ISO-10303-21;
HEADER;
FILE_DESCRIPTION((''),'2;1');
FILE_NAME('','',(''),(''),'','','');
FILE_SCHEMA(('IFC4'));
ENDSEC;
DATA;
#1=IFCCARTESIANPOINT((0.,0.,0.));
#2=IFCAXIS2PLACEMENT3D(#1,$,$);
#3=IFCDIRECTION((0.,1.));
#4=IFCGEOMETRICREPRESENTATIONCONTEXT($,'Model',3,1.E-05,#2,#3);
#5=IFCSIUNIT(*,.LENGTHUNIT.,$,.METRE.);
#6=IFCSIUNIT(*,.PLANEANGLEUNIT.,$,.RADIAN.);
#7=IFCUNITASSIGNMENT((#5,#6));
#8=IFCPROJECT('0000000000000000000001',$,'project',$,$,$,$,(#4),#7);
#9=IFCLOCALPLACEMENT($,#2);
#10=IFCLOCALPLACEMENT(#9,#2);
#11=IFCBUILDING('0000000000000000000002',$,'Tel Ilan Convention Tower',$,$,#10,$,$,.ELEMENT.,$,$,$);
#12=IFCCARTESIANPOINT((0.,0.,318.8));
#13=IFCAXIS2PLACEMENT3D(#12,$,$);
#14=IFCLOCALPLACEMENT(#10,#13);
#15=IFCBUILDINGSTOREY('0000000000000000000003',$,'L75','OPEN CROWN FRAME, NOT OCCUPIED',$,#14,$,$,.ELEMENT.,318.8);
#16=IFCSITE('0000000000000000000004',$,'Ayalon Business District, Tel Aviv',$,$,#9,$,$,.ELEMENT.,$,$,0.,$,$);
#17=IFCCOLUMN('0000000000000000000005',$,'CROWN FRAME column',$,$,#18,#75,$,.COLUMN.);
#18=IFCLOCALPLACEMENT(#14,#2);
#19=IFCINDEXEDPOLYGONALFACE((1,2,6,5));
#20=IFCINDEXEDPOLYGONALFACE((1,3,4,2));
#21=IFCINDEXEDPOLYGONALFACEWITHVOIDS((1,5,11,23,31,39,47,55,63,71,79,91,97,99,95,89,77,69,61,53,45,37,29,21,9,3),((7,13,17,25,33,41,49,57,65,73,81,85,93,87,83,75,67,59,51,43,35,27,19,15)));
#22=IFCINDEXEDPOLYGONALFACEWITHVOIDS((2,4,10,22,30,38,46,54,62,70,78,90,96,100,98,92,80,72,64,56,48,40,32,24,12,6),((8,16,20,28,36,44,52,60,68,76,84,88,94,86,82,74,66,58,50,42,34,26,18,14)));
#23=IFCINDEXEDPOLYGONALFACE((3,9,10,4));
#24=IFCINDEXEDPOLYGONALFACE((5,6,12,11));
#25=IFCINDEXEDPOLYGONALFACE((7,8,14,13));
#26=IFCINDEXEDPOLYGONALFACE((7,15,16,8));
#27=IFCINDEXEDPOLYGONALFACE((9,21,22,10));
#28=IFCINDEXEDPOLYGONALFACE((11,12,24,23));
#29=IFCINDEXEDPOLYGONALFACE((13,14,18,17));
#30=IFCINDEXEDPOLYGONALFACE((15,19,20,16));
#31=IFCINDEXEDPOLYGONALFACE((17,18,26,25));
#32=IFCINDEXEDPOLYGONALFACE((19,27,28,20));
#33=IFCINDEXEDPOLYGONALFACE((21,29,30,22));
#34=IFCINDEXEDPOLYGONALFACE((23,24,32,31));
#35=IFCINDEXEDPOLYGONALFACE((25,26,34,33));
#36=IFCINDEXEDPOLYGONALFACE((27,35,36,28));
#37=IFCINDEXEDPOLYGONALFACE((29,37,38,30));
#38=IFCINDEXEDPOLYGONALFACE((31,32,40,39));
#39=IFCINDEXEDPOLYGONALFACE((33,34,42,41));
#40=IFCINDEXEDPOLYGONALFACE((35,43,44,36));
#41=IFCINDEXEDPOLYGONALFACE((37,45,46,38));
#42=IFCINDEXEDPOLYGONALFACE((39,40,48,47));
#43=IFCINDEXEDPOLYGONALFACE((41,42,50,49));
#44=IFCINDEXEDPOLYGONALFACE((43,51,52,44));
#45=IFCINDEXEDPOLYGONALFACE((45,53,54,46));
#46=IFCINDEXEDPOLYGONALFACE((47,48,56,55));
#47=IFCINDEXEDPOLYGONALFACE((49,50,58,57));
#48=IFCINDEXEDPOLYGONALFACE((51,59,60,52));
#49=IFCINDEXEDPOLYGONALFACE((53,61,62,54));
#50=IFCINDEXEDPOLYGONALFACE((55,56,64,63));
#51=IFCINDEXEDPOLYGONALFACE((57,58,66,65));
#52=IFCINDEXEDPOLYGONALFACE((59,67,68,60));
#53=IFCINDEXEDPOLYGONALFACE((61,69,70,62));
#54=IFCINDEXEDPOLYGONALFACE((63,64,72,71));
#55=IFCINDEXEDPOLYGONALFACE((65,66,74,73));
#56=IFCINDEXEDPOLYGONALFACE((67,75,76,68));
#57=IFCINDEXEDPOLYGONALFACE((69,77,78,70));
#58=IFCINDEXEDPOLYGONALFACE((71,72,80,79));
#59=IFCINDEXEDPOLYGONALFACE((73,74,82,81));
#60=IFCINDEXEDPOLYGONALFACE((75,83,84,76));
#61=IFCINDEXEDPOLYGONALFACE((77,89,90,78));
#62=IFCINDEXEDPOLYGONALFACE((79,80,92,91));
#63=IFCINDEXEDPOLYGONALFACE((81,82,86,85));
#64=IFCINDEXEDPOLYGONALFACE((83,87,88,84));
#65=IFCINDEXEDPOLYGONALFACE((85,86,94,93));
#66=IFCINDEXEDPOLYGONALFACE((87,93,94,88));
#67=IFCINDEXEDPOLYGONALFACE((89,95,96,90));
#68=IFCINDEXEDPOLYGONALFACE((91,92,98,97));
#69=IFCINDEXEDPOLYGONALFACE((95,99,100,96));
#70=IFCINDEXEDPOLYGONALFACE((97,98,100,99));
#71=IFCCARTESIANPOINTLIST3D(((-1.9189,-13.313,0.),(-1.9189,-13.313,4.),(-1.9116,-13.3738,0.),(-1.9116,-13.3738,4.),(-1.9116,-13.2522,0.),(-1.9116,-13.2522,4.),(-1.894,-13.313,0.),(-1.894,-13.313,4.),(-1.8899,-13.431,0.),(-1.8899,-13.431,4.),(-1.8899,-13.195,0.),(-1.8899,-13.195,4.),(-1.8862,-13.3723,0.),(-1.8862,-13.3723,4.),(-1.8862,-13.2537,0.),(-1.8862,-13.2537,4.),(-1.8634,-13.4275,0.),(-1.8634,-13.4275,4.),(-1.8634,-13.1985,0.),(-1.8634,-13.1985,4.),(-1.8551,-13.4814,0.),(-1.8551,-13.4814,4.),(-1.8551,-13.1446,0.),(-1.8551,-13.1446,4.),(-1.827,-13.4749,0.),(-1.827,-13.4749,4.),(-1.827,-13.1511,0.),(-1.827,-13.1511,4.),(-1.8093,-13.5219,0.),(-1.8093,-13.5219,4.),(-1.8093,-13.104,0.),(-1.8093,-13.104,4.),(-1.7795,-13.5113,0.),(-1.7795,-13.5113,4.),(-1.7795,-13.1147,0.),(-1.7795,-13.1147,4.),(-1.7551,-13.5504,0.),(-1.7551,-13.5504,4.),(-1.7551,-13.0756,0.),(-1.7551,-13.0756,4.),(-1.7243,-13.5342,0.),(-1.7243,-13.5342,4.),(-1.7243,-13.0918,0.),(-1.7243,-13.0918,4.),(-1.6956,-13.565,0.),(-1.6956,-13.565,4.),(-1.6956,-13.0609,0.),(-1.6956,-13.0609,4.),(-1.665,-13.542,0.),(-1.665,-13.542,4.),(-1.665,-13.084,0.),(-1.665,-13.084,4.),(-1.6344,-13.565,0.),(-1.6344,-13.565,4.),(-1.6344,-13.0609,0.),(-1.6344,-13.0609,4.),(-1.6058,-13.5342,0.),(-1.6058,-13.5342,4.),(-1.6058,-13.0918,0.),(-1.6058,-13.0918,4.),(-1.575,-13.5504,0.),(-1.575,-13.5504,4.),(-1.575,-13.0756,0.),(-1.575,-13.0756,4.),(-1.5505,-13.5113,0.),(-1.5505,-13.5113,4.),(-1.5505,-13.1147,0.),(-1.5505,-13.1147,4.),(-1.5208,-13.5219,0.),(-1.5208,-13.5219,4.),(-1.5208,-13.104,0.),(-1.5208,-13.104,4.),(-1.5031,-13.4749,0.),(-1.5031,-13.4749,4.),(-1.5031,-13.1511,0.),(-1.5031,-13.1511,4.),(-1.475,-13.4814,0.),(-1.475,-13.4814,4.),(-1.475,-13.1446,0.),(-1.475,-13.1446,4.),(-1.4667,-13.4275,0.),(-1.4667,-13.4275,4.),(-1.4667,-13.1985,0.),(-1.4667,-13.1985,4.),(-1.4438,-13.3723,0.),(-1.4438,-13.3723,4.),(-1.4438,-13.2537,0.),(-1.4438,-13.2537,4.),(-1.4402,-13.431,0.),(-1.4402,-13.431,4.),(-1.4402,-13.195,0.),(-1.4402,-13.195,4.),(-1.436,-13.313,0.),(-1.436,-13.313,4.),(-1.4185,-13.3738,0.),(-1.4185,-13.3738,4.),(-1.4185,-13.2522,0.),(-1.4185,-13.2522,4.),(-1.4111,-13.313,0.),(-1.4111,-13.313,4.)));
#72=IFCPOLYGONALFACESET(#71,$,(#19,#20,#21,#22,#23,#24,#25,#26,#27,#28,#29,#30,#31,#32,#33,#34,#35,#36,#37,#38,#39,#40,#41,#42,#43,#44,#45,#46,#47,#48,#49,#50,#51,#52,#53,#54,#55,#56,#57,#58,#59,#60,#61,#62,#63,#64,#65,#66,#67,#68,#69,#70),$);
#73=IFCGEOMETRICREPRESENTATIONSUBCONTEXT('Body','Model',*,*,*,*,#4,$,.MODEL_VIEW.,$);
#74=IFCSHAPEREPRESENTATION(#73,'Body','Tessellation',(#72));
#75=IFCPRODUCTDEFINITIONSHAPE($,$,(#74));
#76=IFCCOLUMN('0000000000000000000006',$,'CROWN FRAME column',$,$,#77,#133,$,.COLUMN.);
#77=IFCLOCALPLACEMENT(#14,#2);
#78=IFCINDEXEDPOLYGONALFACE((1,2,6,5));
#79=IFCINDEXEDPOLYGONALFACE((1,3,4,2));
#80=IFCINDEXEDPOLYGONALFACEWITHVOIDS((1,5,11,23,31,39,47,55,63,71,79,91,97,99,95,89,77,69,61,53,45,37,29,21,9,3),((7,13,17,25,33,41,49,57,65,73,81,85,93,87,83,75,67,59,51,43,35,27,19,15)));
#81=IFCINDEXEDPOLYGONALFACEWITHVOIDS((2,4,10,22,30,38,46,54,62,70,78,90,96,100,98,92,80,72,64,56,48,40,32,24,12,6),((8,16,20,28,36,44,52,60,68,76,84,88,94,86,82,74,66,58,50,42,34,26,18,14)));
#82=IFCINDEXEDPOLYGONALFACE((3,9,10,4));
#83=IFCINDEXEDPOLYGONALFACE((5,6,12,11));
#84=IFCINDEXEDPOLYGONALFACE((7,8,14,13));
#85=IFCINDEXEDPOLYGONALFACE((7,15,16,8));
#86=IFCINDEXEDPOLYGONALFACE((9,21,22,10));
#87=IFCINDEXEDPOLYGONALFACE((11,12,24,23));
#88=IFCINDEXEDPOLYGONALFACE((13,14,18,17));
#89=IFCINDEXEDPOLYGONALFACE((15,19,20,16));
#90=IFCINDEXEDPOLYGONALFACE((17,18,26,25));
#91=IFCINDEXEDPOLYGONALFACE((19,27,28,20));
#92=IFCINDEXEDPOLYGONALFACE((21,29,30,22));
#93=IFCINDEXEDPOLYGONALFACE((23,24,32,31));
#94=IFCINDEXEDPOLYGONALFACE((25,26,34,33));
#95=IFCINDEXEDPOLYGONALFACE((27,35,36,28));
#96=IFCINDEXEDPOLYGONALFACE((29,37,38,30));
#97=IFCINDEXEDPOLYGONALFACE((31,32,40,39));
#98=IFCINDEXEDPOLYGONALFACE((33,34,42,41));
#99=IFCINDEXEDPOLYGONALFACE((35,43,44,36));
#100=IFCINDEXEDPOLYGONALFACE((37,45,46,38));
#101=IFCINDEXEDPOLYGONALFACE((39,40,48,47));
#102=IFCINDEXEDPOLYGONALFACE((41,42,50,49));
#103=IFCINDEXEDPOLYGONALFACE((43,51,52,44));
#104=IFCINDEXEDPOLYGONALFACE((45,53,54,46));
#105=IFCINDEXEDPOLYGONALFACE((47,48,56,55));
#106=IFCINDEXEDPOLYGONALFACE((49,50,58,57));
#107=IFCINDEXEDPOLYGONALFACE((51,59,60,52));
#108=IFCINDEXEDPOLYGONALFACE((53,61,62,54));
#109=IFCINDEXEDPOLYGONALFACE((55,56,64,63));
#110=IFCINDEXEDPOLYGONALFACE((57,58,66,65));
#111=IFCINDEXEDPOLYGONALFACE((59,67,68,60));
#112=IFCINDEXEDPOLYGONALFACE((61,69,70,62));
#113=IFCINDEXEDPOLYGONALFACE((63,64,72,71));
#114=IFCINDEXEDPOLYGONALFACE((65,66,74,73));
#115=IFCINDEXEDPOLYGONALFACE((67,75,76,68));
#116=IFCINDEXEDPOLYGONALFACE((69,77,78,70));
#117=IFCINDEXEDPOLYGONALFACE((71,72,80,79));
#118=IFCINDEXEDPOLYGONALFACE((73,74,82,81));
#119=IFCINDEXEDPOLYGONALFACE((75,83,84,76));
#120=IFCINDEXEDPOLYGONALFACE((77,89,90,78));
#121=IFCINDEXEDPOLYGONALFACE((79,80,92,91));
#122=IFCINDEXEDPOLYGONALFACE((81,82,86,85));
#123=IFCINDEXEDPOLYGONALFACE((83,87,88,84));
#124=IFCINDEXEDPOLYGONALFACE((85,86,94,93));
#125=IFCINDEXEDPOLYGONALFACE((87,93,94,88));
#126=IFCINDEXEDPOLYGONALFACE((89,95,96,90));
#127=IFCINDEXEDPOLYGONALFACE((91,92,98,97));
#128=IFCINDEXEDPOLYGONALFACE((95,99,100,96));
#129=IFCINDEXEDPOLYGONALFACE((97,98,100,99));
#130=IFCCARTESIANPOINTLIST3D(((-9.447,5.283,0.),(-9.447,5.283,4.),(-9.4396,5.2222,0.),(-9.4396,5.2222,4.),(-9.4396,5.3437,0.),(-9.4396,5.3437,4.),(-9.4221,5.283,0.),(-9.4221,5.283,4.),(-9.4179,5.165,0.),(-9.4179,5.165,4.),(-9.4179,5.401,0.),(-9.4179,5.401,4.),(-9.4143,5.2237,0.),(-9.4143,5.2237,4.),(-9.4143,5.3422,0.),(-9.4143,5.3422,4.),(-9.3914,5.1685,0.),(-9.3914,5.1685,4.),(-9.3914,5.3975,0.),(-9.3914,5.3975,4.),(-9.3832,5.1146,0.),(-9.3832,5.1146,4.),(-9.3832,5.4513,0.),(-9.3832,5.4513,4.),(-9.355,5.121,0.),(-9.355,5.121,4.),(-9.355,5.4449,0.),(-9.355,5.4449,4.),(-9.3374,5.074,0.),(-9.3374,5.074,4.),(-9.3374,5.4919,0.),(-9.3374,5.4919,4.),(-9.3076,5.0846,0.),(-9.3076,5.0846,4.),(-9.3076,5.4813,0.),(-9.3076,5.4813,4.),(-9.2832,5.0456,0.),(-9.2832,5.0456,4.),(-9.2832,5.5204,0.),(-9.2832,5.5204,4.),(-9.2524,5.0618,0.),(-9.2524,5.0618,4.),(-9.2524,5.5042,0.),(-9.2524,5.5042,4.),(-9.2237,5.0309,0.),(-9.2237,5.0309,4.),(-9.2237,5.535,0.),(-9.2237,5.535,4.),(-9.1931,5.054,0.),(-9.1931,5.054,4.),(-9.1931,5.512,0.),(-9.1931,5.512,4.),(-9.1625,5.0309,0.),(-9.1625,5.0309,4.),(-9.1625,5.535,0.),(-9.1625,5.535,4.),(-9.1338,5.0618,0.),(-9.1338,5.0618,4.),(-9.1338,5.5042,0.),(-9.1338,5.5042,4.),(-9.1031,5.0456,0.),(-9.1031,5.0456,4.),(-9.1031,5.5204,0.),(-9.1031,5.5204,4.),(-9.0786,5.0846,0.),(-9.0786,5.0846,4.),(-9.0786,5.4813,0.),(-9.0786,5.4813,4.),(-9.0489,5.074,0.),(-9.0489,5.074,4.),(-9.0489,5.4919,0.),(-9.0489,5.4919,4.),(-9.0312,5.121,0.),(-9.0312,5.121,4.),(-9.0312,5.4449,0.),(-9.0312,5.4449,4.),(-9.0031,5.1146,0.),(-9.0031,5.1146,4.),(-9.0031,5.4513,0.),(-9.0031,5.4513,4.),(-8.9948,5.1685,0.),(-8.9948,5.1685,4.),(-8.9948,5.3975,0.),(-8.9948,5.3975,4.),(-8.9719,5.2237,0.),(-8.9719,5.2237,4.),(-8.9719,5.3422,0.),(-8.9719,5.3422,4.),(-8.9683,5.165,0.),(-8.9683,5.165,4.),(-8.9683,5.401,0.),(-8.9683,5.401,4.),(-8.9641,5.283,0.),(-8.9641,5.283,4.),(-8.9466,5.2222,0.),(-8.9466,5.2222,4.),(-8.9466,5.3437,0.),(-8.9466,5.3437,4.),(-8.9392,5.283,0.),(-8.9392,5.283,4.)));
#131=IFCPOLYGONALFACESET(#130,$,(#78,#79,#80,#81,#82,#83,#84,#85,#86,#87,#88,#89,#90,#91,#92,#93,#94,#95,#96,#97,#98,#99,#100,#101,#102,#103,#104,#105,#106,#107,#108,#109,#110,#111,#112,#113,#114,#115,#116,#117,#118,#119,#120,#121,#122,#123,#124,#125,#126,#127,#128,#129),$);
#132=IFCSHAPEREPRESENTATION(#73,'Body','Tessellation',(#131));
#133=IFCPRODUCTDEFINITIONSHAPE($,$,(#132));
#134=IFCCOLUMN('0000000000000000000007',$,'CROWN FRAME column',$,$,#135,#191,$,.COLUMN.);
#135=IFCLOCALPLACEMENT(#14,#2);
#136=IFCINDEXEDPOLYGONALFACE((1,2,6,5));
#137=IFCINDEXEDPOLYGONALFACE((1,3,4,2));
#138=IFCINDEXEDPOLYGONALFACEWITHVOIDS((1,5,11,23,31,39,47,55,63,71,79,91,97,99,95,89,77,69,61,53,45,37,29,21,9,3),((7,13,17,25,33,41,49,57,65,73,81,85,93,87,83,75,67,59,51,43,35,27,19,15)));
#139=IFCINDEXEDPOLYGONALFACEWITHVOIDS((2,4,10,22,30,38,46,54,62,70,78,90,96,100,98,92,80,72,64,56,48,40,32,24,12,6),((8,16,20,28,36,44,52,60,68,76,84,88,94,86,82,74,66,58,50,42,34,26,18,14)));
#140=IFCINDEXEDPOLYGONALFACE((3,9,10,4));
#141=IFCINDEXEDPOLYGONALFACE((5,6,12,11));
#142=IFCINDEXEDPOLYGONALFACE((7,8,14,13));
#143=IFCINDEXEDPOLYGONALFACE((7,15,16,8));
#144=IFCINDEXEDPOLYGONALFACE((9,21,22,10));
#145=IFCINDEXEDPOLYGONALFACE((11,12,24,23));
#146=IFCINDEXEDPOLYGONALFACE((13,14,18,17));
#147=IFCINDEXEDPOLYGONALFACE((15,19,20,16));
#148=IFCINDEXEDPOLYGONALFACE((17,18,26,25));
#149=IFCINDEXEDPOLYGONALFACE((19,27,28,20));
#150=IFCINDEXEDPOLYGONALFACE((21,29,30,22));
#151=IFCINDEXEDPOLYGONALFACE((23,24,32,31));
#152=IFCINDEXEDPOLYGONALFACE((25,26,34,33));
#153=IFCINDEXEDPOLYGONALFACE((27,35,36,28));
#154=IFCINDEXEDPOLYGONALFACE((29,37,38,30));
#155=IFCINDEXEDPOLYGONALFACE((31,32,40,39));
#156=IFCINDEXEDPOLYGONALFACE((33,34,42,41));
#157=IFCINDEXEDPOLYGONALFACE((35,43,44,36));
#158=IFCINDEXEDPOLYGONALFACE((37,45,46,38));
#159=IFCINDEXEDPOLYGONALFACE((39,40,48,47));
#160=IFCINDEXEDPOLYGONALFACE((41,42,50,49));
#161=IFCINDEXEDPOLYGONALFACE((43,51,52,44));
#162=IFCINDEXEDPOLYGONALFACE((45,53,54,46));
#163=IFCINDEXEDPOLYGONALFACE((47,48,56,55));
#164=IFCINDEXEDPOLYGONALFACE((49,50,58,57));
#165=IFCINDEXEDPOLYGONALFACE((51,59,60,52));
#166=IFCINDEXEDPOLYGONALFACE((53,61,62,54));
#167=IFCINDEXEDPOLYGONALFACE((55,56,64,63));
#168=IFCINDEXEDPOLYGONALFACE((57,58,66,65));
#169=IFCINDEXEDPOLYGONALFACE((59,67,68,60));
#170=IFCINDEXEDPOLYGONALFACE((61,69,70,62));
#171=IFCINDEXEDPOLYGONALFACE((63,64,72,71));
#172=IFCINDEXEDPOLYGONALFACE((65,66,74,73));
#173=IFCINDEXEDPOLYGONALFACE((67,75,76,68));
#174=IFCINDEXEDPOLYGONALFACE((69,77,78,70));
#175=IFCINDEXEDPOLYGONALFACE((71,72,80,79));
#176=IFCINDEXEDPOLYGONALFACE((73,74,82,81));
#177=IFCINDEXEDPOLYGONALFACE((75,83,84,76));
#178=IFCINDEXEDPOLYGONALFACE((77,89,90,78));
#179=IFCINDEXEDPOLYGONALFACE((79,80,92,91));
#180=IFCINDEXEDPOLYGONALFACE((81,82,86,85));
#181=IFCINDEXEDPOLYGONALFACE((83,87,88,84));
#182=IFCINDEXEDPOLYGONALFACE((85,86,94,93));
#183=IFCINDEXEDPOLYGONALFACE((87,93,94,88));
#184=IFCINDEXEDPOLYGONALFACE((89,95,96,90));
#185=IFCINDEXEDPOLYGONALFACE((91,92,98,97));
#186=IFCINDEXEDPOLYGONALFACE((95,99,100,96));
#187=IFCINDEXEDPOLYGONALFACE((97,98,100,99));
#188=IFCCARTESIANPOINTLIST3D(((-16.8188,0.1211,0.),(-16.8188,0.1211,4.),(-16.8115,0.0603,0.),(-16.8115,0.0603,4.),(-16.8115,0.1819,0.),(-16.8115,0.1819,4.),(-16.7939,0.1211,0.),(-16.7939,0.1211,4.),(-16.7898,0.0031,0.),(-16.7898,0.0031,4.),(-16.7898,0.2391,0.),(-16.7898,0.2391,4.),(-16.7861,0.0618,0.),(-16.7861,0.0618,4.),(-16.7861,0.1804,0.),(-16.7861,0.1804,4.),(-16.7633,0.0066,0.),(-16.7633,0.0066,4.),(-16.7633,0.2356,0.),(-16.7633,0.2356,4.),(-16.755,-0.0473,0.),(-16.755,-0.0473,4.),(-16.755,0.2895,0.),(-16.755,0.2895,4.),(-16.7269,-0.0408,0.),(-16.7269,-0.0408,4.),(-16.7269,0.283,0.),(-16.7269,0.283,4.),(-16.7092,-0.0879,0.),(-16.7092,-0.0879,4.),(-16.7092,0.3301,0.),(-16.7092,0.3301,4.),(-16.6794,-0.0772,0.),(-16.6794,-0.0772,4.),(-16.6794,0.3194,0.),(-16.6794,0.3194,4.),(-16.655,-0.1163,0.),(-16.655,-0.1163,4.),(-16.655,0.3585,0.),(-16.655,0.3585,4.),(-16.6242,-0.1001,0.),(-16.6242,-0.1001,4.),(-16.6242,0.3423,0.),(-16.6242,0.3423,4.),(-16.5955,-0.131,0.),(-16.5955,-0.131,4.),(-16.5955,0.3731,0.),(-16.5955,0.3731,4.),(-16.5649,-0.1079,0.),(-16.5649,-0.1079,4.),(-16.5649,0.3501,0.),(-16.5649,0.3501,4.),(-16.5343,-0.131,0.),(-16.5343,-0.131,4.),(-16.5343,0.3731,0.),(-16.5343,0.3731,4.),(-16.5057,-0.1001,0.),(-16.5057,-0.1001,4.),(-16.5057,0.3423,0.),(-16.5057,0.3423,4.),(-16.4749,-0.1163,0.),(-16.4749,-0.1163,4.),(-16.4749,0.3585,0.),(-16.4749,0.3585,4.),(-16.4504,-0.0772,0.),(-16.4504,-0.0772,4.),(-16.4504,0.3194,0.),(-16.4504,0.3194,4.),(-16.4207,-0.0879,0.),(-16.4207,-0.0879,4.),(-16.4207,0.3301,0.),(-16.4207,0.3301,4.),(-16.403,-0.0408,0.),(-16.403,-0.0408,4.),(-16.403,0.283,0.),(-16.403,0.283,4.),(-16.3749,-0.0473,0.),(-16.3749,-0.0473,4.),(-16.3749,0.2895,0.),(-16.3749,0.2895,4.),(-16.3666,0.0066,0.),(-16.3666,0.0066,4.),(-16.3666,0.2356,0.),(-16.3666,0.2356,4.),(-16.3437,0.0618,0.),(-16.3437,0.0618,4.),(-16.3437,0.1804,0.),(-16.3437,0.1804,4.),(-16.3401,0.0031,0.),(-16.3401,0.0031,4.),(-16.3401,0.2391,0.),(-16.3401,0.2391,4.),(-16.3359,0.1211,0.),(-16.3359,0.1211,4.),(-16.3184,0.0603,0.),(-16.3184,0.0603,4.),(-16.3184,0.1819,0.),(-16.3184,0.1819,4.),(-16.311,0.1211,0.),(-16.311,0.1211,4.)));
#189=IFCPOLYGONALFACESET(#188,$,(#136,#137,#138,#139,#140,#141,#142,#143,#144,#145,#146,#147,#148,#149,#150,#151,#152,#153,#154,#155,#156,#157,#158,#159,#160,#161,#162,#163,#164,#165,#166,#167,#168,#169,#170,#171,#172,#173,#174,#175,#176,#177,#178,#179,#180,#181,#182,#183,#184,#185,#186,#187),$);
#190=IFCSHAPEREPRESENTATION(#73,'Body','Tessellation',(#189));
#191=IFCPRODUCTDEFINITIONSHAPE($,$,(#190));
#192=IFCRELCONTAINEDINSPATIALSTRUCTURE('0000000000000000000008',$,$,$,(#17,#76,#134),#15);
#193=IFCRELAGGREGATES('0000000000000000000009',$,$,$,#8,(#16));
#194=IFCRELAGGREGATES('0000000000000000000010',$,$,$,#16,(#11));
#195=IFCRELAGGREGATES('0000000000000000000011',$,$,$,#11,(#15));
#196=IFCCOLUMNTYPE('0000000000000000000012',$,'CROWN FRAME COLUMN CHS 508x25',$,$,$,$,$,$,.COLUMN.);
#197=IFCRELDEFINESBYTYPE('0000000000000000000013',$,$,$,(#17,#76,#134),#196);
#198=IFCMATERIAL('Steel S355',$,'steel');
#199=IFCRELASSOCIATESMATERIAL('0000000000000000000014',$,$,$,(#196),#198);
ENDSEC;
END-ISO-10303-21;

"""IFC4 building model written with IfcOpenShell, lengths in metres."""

from ifc_helpers import new_model, si_unit, direction, frame, origin, origin_2d, place, context, subcontext, project, spatial, hollow_circle, extrude, material, material_profile, profile_set, type_object, element, save


model = new_model("IFC4")

# Units and contexts
model_context = context("Model", 3, precision=1e-05, world=origin(), true_north=direction((0.0, 1.0)))
body_context = subcontext(model_context, "Body", "Model", "MODEL_VIEW")
ifc_project = project(units=[si_unit("LENGTHUNIT", "METRE"), si_unit("PLANEANGLEUNIT", "RADIAN")], contexts=[model_context])

# Site, building, storey
site_placement = place(None, origin())
site = spatial("IfcSite", under=ifc_project, at=site_placement, Name="Ayalon Business District, Tel Aviv", CompositionType="ELEMENT", RefElevation=0.0)
building_placement = place(site_placement, origin())
building = spatial("IfcBuilding", under=site, at=building_placement, Name="Tel Ilan Convention Tower", CompositionType="ELEMENT")
storey_placement = place(building_placement, frame((0.0, 0.0, 318.8)))
storey = spatial("IfcBuildingStorey", under=building, at=storey_placement, Name="L75", Description="OPEN CROWN FRAME, NOT OCCUPIED", CompositionType="ELEMENT", Elevation=318.8)

# Columns
ifc_material_1 = material(Name="Steel S355", Category="steel")
ifc_material_profile_1 = material_profile(ifc_material_1, hollow_circle(Radius=0.2539, WallThickness=0.0249, at=origin_2d()), Name="CHS 508x25")
ifc_profile_set_1 = profile_set([ifc_material_profile_1], Name="Steel S355")
column_type = type_object("IfcColumnType", Name="CROWN FRAME COLUMN CHS 508x25", PredefinedType="COLUMN", material=ifc_profile_set_1)
for number, where, z_axis, x_axis, name in (
    (1, (-1.665, -13.313, 0.0), (0.0, 0.0, 1.0), (1.0, 0.0, 0.0), "CROWN FRAME column"),
    (2, (-9.1931, 5.283, 0.0), (0.0, 0.0, 1.0), (1.0, 0.0, 0.0), "CROWN FRAME column"),
    (3, (-16.5649, 0.1211, 0.0), (0.0, 0.0, 1.0), (1.0, 0.0, 0.0), "CROWN FRAME column"),
):
    element("IfcColumn", number, at=place(storey_placement, frame(where, z_axis=z_axis, x_axis=x_axis)), inside=storey, type_object=column_type, Name=name, PredefinedType="COLUMN", context=body_context, shape_type="SweptSolid", body=[
        extrude(hollow_circle(Radius=0.2539, WallThickness=0.0249, at=origin_2d()), origin(), (0.0, 0.0, 1.0), 4.0),
    ])

save(model, "model.ifc")
